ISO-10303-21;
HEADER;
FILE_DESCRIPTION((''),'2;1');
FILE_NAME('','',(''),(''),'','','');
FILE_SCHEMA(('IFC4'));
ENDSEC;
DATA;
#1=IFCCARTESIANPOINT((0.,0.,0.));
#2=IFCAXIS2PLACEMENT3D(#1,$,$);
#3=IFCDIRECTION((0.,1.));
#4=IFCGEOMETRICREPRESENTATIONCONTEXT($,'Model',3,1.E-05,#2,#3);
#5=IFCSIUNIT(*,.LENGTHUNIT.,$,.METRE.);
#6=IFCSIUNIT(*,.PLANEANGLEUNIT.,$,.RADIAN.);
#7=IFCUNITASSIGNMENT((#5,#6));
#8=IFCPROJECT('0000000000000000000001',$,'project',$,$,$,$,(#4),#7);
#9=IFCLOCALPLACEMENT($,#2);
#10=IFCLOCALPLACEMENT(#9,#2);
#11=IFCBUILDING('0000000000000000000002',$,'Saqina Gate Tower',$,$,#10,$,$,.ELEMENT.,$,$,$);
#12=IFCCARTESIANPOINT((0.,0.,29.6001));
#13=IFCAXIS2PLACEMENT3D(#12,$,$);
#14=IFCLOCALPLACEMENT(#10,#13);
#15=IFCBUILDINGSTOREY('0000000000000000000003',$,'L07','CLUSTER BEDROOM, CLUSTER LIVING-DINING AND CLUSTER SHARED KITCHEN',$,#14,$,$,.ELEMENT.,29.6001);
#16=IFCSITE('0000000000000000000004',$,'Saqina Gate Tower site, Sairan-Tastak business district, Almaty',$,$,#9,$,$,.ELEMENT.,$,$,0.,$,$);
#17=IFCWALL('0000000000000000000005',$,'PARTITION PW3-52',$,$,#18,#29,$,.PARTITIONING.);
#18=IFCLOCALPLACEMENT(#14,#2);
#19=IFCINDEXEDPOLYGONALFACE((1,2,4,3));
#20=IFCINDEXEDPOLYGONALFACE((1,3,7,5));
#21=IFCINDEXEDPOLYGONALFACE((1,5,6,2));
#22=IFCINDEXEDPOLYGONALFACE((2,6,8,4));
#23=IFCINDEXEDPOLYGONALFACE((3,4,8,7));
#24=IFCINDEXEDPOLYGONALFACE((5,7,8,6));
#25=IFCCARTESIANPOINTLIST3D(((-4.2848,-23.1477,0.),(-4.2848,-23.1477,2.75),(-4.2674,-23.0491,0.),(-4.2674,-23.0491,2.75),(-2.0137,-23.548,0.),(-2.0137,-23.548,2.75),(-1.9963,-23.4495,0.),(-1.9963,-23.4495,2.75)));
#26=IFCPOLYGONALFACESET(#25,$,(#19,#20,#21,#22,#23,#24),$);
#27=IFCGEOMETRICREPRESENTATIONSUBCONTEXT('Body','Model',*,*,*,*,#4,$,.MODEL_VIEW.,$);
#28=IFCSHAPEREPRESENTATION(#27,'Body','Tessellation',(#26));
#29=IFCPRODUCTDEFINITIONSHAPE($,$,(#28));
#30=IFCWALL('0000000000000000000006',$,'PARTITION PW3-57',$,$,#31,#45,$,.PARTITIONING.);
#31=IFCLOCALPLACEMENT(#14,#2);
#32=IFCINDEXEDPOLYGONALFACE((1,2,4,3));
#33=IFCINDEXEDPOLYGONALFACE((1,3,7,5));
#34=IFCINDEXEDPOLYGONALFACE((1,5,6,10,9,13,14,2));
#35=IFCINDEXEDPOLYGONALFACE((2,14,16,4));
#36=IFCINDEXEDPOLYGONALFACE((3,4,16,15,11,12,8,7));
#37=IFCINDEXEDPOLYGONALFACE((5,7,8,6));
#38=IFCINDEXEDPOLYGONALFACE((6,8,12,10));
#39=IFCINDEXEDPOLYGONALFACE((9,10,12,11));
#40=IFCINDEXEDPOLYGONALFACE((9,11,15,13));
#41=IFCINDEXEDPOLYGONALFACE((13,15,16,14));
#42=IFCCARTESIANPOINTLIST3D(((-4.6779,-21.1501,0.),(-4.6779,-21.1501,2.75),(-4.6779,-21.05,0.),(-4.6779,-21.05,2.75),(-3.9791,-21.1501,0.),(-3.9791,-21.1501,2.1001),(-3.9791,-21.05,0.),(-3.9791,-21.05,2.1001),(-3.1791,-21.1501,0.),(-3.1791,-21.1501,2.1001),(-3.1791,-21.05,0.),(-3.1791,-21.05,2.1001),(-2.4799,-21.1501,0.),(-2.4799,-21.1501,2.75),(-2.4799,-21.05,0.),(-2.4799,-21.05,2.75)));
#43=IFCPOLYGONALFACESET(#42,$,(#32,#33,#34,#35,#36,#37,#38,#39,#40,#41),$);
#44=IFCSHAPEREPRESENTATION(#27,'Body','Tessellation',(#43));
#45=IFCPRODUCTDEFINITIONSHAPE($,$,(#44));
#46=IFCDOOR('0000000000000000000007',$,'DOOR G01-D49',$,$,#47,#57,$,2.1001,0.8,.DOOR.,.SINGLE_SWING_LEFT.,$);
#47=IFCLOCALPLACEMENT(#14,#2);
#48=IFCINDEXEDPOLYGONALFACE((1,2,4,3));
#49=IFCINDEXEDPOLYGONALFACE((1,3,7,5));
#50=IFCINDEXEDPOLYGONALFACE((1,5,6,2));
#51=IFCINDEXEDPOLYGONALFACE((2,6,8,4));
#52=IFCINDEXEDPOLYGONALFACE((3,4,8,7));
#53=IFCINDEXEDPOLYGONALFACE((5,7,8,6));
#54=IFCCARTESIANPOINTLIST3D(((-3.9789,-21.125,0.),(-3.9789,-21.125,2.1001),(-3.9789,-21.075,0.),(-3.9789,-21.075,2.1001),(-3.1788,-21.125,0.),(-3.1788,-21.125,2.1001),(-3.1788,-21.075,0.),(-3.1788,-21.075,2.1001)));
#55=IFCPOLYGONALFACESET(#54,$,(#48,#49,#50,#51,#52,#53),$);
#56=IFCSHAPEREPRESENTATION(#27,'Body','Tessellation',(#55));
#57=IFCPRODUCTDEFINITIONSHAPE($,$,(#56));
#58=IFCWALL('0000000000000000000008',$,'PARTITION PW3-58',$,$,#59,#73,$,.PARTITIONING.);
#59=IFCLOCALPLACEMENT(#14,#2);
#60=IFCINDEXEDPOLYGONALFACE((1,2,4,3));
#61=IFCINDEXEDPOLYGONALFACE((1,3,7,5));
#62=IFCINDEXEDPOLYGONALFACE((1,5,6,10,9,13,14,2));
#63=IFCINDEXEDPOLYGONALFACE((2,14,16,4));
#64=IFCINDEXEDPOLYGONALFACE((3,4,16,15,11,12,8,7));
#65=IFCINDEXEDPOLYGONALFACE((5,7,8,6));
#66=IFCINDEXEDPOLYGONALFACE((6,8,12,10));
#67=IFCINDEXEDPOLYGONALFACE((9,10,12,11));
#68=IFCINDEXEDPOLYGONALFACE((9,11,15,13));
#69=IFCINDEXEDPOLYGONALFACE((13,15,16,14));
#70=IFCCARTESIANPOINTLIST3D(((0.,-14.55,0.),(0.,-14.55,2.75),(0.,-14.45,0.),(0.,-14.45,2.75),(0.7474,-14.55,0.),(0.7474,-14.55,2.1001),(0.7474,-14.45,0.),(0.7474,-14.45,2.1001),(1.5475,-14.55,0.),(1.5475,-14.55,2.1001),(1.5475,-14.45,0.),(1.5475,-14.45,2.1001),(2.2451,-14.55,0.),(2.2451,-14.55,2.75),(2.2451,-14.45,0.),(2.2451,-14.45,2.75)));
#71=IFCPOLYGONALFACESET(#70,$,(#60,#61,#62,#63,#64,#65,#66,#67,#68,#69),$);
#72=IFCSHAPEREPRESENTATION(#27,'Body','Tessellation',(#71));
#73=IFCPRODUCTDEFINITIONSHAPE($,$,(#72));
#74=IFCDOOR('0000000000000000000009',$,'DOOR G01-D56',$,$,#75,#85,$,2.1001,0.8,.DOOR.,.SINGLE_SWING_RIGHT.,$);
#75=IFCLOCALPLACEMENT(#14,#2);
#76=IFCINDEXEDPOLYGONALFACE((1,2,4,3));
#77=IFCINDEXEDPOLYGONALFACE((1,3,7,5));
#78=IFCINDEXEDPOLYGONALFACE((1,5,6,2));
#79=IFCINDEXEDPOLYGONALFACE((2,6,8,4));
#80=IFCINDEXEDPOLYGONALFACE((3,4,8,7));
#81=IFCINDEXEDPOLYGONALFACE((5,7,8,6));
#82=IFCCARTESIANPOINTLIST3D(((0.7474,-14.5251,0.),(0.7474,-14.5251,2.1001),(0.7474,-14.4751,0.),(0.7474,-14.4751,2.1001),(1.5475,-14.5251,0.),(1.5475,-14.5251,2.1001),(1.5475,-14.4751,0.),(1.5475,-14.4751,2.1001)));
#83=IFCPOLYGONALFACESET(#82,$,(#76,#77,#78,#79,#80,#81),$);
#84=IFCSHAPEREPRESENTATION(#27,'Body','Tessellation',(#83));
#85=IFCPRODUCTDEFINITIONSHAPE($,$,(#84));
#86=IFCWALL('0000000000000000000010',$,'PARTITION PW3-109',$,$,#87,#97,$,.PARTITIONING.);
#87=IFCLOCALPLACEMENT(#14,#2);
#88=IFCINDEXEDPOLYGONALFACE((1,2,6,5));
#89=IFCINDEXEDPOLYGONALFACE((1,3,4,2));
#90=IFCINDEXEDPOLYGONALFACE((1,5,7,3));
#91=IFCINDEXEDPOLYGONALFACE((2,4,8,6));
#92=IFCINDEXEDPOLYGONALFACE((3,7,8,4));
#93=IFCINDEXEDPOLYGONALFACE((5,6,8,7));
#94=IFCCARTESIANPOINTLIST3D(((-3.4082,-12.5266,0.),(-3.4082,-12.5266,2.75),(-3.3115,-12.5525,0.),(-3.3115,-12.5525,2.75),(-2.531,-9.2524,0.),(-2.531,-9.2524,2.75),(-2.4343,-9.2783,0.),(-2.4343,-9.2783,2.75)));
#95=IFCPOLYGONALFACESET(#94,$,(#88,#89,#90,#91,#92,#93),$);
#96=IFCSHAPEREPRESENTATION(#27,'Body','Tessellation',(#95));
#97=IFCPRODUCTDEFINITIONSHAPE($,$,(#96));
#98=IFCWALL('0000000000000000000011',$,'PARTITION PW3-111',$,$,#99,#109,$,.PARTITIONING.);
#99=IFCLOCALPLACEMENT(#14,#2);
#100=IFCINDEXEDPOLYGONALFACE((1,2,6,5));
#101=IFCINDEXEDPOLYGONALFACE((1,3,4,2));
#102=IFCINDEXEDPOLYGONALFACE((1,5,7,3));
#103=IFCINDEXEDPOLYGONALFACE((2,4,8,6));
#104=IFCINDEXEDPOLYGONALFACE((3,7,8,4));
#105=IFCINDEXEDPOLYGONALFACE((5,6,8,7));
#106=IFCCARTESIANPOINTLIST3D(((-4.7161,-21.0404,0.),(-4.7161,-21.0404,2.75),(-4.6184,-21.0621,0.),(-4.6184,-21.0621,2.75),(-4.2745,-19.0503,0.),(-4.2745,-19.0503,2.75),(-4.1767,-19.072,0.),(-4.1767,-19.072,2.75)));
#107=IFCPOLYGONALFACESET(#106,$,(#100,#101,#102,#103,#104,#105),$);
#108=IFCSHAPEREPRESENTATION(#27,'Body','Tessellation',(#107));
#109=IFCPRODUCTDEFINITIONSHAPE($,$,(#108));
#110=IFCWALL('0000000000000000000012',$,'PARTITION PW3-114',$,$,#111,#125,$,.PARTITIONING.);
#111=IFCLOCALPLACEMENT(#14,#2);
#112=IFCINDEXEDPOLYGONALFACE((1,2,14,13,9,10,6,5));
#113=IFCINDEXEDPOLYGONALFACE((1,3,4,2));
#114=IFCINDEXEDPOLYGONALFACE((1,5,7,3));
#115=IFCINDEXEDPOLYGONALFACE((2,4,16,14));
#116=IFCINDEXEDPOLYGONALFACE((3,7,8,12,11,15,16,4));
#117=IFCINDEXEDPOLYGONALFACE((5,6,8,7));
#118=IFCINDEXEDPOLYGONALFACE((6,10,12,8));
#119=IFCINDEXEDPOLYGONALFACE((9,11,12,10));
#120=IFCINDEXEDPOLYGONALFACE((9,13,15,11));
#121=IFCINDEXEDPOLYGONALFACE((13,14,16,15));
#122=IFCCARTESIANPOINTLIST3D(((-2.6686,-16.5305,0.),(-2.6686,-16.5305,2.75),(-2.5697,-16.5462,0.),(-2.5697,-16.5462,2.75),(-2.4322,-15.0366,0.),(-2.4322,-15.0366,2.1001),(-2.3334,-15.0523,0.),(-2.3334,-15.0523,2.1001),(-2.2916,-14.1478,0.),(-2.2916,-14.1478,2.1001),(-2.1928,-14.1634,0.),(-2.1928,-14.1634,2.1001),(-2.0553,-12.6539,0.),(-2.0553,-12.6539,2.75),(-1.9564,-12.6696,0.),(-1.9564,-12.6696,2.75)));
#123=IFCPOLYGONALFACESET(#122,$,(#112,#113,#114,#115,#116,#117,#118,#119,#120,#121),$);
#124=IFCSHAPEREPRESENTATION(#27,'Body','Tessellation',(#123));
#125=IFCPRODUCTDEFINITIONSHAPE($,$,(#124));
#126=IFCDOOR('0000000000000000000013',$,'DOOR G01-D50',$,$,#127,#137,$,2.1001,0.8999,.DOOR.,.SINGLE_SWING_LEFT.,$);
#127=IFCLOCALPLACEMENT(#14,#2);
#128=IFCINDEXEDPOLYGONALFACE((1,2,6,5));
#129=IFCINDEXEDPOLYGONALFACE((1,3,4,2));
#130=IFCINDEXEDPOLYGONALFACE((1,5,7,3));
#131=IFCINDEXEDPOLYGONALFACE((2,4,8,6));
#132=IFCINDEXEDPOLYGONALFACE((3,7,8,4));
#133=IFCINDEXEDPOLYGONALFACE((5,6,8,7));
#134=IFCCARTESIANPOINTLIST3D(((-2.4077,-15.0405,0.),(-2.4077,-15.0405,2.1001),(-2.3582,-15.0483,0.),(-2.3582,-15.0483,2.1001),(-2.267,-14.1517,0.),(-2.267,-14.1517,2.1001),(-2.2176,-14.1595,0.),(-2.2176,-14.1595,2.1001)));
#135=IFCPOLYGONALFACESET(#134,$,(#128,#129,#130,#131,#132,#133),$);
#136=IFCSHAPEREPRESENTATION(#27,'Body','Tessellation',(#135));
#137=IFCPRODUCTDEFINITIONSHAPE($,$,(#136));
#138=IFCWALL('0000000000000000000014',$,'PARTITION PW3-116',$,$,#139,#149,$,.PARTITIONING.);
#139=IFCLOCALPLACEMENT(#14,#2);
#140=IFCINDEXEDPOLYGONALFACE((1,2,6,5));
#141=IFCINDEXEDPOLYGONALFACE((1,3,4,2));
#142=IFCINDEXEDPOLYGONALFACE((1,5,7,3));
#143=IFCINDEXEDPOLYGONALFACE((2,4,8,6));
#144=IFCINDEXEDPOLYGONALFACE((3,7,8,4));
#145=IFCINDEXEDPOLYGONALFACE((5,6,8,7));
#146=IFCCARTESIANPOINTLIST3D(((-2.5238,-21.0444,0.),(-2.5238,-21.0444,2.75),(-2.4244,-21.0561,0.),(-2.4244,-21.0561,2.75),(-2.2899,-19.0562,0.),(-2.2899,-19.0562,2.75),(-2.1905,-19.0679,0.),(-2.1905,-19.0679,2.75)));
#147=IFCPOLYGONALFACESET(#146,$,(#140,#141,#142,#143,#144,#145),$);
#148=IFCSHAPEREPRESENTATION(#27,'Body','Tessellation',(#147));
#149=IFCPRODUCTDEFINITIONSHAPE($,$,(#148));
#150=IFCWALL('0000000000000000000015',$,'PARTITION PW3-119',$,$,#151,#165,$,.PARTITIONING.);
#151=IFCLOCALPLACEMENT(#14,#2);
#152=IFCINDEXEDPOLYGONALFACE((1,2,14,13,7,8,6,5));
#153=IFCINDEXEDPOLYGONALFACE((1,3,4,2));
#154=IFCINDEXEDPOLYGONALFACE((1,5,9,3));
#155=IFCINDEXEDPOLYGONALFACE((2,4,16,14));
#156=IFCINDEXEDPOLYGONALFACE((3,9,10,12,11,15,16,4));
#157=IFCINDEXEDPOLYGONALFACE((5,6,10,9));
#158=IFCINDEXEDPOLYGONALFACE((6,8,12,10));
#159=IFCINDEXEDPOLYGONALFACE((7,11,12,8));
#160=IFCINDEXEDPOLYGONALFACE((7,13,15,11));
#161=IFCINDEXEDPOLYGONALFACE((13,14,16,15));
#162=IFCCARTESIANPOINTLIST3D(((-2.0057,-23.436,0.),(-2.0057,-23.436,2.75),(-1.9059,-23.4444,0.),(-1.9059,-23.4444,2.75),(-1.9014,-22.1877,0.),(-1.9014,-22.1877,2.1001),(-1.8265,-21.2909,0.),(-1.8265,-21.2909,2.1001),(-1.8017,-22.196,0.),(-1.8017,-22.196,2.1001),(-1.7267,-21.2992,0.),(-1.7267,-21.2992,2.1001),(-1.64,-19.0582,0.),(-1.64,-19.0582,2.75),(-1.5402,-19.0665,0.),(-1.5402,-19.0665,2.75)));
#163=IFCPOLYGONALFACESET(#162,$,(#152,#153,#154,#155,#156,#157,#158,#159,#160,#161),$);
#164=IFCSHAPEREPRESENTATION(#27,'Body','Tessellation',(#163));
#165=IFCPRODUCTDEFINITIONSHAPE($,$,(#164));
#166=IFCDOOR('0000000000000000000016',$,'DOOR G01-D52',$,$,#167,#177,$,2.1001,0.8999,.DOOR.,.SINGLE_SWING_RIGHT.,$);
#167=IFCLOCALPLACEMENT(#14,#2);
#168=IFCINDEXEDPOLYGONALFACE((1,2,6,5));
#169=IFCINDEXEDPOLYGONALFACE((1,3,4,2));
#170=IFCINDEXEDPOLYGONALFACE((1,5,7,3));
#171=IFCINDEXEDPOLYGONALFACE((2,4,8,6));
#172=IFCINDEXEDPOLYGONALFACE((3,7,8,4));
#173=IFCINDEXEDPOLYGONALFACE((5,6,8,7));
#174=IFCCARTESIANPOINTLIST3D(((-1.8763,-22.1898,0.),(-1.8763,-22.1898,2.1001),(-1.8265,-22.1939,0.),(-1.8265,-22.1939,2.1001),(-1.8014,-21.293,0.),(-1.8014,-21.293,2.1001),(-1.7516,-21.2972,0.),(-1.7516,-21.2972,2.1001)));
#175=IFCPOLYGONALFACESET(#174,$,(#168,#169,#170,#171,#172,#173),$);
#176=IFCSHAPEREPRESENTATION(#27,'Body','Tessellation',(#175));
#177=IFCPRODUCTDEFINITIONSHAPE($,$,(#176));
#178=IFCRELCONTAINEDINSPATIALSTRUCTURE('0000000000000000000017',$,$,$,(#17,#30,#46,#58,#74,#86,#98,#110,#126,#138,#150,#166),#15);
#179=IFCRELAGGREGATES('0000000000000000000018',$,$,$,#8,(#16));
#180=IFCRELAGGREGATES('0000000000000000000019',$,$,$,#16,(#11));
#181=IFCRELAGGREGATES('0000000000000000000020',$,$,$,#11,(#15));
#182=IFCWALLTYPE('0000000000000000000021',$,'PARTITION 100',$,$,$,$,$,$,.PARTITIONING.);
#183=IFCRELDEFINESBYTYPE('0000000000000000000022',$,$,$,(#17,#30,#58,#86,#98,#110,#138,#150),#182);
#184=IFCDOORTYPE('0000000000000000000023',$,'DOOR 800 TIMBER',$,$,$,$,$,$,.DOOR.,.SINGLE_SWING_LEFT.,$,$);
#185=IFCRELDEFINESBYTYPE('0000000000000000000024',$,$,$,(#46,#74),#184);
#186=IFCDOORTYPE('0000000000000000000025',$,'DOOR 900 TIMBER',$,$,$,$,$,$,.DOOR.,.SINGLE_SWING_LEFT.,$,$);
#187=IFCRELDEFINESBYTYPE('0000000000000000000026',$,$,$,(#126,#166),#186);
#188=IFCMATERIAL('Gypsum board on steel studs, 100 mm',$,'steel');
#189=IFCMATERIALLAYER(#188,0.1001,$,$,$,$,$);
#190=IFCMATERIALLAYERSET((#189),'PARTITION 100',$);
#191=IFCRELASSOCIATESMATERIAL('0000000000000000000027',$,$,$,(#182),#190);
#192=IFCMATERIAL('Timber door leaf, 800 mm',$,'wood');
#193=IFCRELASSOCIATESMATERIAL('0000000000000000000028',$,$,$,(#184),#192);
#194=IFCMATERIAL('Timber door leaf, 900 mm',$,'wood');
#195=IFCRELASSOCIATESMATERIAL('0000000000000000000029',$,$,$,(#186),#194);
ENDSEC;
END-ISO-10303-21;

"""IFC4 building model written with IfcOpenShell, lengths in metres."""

from ifc_helpers import new_model, si_unit, direction, frame, frame_2d, origin, place, context, subcontext, project, spatial, rectangle, extrude, material, layer, layer_set, type_object, element, fill, save


model = new_model("IFC4")

# Units and contexts
model_context = context("Model", 3, precision=1e-05, world=origin(), true_north=direction((0.0, 1.0)))
body_context = subcontext(model_context, "Body", "Model", "MODEL_VIEW")
ifc_project = project(units=[si_unit("LENGTHUNIT", "METRE"), si_unit("PLANEANGLEUNIT", "RADIAN")], contexts=[model_context])

# Site, building, storey
site_placement = place(None, origin())
site = spatial("IfcSite", under=ifc_project, at=site_placement, Name="Saqina Gate Tower site, Sairan-Tastak business district, Almaty", CompositionType="ELEMENT", RefElevation=0.0)
building_placement = place(site_placement, origin())
building = spatial("IfcBuilding", under=site, at=building_placement, Name="Saqina Gate Tower", CompositionType="ELEMENT")
storey_placement = place(building_placement, frame((0.0, 0.0, 29.6001)))
storey = spatial("IfcBuildingStorey", under=building, at=storey_placement, Name="L07", Description="CLUSTER BEDROOM, CLUSTER LIVING-DINING AND CLUSTER SHARED KITCHEN", CompositionType="ELEMENT", Elevation=29.6001)

# Wall
ifc_material_1 = material(Name="Gypsum board on steel studs, 100 mm", Category="steel")
ifc_layer_1 = layer(ifc_material_1, 0.1001)
ifc_layer_set_1 = layer_set([ifc_layer_1], Name="PARTITION 100")
wall_type_1 = type_object("IfcWallType", Name="PARTITION 100", PredefinedType="PARTITIONING", material=ifc_layer_set_1)
wall_1_placement = place(storey_placement, frame((-4.2761, -23.0984, 0.0), z_axis=(0.0, 0.0, 1.0), x_axis=(0.984814, -0.17361, 0.0)))
element("IfcWall", 1, at=wall_1_placement, inside=storey, type_object=wall_type_1, Name="PARTITION PW3-52", PredefinedType="PARTITIONING", context=body_context, shape_type="SweptSolid", body=[
    extrude(rectangle(XDim=2.3062, YDim=0.1001, at=frame_2d((1.1531, 0.0))), origin(), (0.0, 0.0, 1.0), 2.75),
])

# Walls, openings, doors
wall_2_placement = place(storey_placement, frame((-4.678, -21.1001, 0.0), z_axis=(0.0, 0.0, 1.0), x_axis=(1.0, 0.0, 0.0)))
wall_2 = element("IfcWall", 2, at=wall_2_placement, inside=storey, type_object=wall_type_1, Name="PARTITION PW3-57", PredefinedType="PARTITIONING", context=body_context, shape_type="SweptSolid", body=[
    extrude(rectangle(XDim=2.198, YDim=0.1001, at=frame_2d((1.0991, 0.0))), origin(), (0.0, 0.0, 1.0), 2.75),
])
opening_1_placement = place(wall_2_placement, frame((0.699, 0.0, 0.0)))
opening_1 = element("IfcOpeningElement", 3, at=opening_1_placement, cuts=wall_2, PredefinedType="OPENING", context=body_context, shape_type="SweptSolid", body=[
    extrude(rectangle(XDim=0.8, YDim=2.1001, at=frame_2d((0.3999, 1.05))), frame((0.0, 0.062, 0.0), z_axis=(0.0, -1.0, 0.0), x_axis=(1.0, 0.0, 0.0)), (0.0, 0.0, 1.0), 0.124),
])
ifc_material_2 = material(Name="Timber door leaf, 800 mm", Category="wood")
door_type_1 = type_object("IfcDoorType", Name="DOOR 800 TIMBER", OperationType="SINGLE_SWING_LEFT", PredefinedType="DOOR", material=ifc_material_2)
door_1_placement = place(opening_1_placement, frame((0.8, 0.0, 0.0), z_axis=(0.0, 0.0, 1.0), x_axis=(-1.0, 0.0, 0.0)))
door_1 = element("IfcDoor", 4, at=door_1_placement, inside=storey, type_object=door_type_1, Name="DOOR G01-D49", OperationType="SINGLE_SWING_LEFT", OverallHeight=2.1001, OverallWidth=0.8, PredefinedType="DOOR", context=body_context, shape_type="SweptSolid", body=[
    extrude(rectangle(XDim=0.8, YDim=2.1001, at=frame_2d((0.3999, 1.05))), frame((0.0, 0.0249, 0.0), z_axis=(0.0, -1.0, 0.0), x_axis=(1.0, 0.0, 0.0)), (0.0, 0.0, 1.0), 0.05),
])
fill(opening_1, door_1)
wall_3_placement = place(storey_placement, frame((0.0, -14.5, 0.0), z_axis=(0.0, 0.0, 1.0), x_axis=(1.0, 0.0, 0.0)))
wall_3 = element("IfcWall", 5, at=wall_3_placement, inside=storey, type_object=wall_type_1, Name="PARTITION PW3-58", PredefinedType="PARTITIONING", context=body_context, shape_type="SweptSolid", body=[
    extrude(rectangle(XDim=2.2451, YDim=0.1001, at=frame_2d((1.1226, 0.0))), origin(), (0.0, 0.0, 1.0), 2.75),
])
opening_2_placement = place(wall_3_placement, frame((0.7476, 0.0, 0.0)))
opening_2 = element("IfcOpeningElement", 6, at=opening_2_placement, cuts=wall_3, PredefinedType="OPENING", context=body_context, shape_type="SweptSolid", body=[
    extrude(rectangle(XDim=0.8, YDim=2.1001, at=frame_2d((0.3999, 1.05))), frame((0.0, 0.062, 0.0), z_axis=(0.0, -1.0, 0.0), x_axis=(1.0, 0.0, 0.0)), (0.0, 0.0, 1.0), 0.124),
])
door_2_placement = place(opening_2_placement, origin())
door_2 = element("IfcDoor", 7, at=door_2_placement, inside=storey, type_object=door_type_1, Name="DOOR G01-D56", OperationType="SINGLE_SWING_RIGHT", OverallHeight=2.1001, OverallWidth=0.8, PredefinedType="DOOR", context=body_context, shape_type="SweptSolid", body=[
    extrude(rectangle(XDim=0.8, YDim=2.1001, at=frame_2d((0.3999, 1.05))), frame((0.0, 0.0249, 0.0), z_axis=(0.0, -1.0, 0.0), x_axis=(1.0, 0.0, 0.0)), (0.0, 0.0, 1.0), 0.05),
])
fill(opening_2, door_2)

# Walls
wall_4_placement = place(storey_placement, frame((-3.3599, -12.5396, 0.0), z_axis=(0.0, 0.0, 1.0), x_axis=(0.258788, 0.965934, 0.0)))
element("IfcWall", 8, at=wall_4_placement, inside=storey, type_object=wall_type_1, Name="PARTITION PW3-109", PredefinedType="PARTITIONING", context=body_context, shape_type="SweptSolid", body=[
    extrude(rectangle(XDim=3.3896, YDim=0.1001, at=frame_2d((1.6948, 0.0))), origin(), (0.0, 0.0, 1.0), 2.75),
])
wall_5_placement = place(storey_placement, frame((-4.6672, -21.0513, 0.0), z_axis=(0.0, 0.0, 1.0), x_axis=(0.216639, 0.976252, 0.0)))
element("IfcWall", 9, at=wall_5_placement, inside=storey, type_object=wall_type_1, Name="PARTITION PW3-111", PredefinedType="PARTITIONING", context=body_context, shape_type="SweptSolid", body=[
    extrude(rectangle(XDim=2.0386, YDim=0.1001, at=frame_2d((1.0193, 0.0))), origin(), (0.0, 0.0, 1.0), 2.75),
])

# Wall, opening, door
wall_6_placement = place(storey_placement, frame((-2.6191, -16.5383, 0.0), z_axis=(0.0, 0.0, 1.0), x_axis=(0.156253, 0.987717, 0.0)))
wall_6 = element("IfcWall", 10, at=wall_6_placement, inside=storey, type_object=wall_type_1, Name="PARTITION PW3-114", PredefinedType="PARTITIONING", context=body_context, shape_type="SweptSolid", body=[
    extrude(rectangle(XDim=3.9248, YDim=0.1001, at=frame_2d((1.9624, 0.0))), origin(), (0.0, 0.0, 1.0), 2.75),
])
opening_3_placement = place(wall_6_placement, frame((1.5125, 0.0, 0.0)))
opening_3 = element("IfcOpeningElement", 11, at=opening_3_placement, cuts=wall_6, PredefinedType="OPENING", context=body_context, shape_type="SweptSolid", body=[
    extrude(rectangle(XDim=0.8999, YDim=2.1001, at=frame_2d((0.45, 1.05))), frame((0.0, 0.062, 0.0), z_axis=(0.0, -1.0, 0.0), x_axis=(1.0, 0.0, 0.0)), (0.0, 0.0, 1.0), 0.124),
])
ifc_material_3 = material(Name="Timber door leaf, 900 mm", Category="wood")
door_type_2 = type_object("IfcDoorType", Name="DOOR 900 TIMBER", OperationType="SINGLE_SWING_LEFT", PredefinedType="DOOR", material=ifc_material_3)
door_3_placement = place(opening_3_placement, frame((0.8999, 0.0, 0.0), z_axis=(0.0, 0.0, 1.0), x_axis=(-1.0, 0.0, 0.0)))
door_3 = element("IfcDoor", 12, at=door_3_placement, inside=storey, type_object=door_type_2, Name="DOOR G01-D50", OperationType="SINGLE_SWING_LEFT", OverallHeight=2.1001, OverallWidth=0.8999, PredefinedType="DOOR", context=body_context, shape_type="SweptSolid", body=[
    extrude(rectangle(XDim=0.8999, YDim=2.1001, at=frame_2d((0.45, 1.05))), frame((0.0, 0.0249, 0.0), z_axis=(0.0, -1.0, 0.0), x_axis=(1.0, 0.0, 0.0)), (0.0, 0.0, 1.0), 0.05),
])
fill(opening_3, door_3)

# Wall
wall_7_placement = place(storey_placement, frame((-2.4741, -21.0503, 0.0), z_axis=(0.0, 0.0, 1.0), x_axis=(0.116827, 0.993152, 0.0)))
element("IfcWall", 13, at=wall_7_placement, inside=storey, type_object=wall_type_1, Name="PARTITION PW3-116", PredefinedType="PARTITIONING", context=body_context, shape_type="SweptSolid", body=[
    extrude(rectangle(XDim=2.002, YDim=0.1001, at=frame_2d((1.001, 0.0))), origin(), (0.0, 0.0, 1.0), 2.75),
])

# Wall, opening, door
wall_8_placement = place(storey_placement, frame((-1.9558, -23.4402, 0.0), z_axis=(0.0, 0.0, 1.0), x_axis=(0.083248, 0.996529, 0.0)))
wall_8 = element("IfcWall", 14, at=wall_8_placement, inside=storey, type_object=wall_type_1, Name="PARTITION PW3-119", PredefinedType="PARTITIONING", context=body_context, shape_type="SweptSolid", body=[
    extrude(rectangle(XDim=4.3931, YDim=0.1001, at=frame_2d((2.1965, 0.0))), origin(), (0.0, 0.0, 1.0), 2.75),
])
opening_4_placement = place(wall_8_placement, frame((1.2527, 0.0, 0.0)))
opening_4 = element("IfcOpeningElement", 15, at=opening_4_placement, cuts=wall_8, PredefinedType="OPENING", context=body_context, shape_type="SweptSolid", body=[
    extrude(rectangle(XDim=0.8999, YDim=2.1001, at=frame_2d((0.45, 1.05))), frame((0.0, 0.062, 0.0), z_axis=(0.0, -1.0, 0.0), x_axis=(1.0, 0.0, 0.0)), (0.0, 0.0, 1.0), 0.124),
])
door_4_placement = place(opening_4_placement, origin())
door_4 = element("IfcDoor", 16, at=door_4_placement, inside=storey, type_object=door_type_2, Name="DOOR G01-D52", OperationType="SINGLE_SWING_RIGHT", OverallHeight=2.1001, OverallWidth=0.8999, PredefinedType="DOOR", context=body_context, shape_type="SweptSolid", body=[
    extrude(rectangle(XDim=0.8999, YDim=2.1001, at=frame_2d((0.45, 1.05))), frame((0.0, 0.0249, 0.0), z_axis=(0.0, -1.0, 0.0), x_axis=(1.0, 0.0, 0.0)), (0.0, 0.0, 1.0), 0.05),
])
fill(opening_4, door_4)

save(model, "model.ifc")
